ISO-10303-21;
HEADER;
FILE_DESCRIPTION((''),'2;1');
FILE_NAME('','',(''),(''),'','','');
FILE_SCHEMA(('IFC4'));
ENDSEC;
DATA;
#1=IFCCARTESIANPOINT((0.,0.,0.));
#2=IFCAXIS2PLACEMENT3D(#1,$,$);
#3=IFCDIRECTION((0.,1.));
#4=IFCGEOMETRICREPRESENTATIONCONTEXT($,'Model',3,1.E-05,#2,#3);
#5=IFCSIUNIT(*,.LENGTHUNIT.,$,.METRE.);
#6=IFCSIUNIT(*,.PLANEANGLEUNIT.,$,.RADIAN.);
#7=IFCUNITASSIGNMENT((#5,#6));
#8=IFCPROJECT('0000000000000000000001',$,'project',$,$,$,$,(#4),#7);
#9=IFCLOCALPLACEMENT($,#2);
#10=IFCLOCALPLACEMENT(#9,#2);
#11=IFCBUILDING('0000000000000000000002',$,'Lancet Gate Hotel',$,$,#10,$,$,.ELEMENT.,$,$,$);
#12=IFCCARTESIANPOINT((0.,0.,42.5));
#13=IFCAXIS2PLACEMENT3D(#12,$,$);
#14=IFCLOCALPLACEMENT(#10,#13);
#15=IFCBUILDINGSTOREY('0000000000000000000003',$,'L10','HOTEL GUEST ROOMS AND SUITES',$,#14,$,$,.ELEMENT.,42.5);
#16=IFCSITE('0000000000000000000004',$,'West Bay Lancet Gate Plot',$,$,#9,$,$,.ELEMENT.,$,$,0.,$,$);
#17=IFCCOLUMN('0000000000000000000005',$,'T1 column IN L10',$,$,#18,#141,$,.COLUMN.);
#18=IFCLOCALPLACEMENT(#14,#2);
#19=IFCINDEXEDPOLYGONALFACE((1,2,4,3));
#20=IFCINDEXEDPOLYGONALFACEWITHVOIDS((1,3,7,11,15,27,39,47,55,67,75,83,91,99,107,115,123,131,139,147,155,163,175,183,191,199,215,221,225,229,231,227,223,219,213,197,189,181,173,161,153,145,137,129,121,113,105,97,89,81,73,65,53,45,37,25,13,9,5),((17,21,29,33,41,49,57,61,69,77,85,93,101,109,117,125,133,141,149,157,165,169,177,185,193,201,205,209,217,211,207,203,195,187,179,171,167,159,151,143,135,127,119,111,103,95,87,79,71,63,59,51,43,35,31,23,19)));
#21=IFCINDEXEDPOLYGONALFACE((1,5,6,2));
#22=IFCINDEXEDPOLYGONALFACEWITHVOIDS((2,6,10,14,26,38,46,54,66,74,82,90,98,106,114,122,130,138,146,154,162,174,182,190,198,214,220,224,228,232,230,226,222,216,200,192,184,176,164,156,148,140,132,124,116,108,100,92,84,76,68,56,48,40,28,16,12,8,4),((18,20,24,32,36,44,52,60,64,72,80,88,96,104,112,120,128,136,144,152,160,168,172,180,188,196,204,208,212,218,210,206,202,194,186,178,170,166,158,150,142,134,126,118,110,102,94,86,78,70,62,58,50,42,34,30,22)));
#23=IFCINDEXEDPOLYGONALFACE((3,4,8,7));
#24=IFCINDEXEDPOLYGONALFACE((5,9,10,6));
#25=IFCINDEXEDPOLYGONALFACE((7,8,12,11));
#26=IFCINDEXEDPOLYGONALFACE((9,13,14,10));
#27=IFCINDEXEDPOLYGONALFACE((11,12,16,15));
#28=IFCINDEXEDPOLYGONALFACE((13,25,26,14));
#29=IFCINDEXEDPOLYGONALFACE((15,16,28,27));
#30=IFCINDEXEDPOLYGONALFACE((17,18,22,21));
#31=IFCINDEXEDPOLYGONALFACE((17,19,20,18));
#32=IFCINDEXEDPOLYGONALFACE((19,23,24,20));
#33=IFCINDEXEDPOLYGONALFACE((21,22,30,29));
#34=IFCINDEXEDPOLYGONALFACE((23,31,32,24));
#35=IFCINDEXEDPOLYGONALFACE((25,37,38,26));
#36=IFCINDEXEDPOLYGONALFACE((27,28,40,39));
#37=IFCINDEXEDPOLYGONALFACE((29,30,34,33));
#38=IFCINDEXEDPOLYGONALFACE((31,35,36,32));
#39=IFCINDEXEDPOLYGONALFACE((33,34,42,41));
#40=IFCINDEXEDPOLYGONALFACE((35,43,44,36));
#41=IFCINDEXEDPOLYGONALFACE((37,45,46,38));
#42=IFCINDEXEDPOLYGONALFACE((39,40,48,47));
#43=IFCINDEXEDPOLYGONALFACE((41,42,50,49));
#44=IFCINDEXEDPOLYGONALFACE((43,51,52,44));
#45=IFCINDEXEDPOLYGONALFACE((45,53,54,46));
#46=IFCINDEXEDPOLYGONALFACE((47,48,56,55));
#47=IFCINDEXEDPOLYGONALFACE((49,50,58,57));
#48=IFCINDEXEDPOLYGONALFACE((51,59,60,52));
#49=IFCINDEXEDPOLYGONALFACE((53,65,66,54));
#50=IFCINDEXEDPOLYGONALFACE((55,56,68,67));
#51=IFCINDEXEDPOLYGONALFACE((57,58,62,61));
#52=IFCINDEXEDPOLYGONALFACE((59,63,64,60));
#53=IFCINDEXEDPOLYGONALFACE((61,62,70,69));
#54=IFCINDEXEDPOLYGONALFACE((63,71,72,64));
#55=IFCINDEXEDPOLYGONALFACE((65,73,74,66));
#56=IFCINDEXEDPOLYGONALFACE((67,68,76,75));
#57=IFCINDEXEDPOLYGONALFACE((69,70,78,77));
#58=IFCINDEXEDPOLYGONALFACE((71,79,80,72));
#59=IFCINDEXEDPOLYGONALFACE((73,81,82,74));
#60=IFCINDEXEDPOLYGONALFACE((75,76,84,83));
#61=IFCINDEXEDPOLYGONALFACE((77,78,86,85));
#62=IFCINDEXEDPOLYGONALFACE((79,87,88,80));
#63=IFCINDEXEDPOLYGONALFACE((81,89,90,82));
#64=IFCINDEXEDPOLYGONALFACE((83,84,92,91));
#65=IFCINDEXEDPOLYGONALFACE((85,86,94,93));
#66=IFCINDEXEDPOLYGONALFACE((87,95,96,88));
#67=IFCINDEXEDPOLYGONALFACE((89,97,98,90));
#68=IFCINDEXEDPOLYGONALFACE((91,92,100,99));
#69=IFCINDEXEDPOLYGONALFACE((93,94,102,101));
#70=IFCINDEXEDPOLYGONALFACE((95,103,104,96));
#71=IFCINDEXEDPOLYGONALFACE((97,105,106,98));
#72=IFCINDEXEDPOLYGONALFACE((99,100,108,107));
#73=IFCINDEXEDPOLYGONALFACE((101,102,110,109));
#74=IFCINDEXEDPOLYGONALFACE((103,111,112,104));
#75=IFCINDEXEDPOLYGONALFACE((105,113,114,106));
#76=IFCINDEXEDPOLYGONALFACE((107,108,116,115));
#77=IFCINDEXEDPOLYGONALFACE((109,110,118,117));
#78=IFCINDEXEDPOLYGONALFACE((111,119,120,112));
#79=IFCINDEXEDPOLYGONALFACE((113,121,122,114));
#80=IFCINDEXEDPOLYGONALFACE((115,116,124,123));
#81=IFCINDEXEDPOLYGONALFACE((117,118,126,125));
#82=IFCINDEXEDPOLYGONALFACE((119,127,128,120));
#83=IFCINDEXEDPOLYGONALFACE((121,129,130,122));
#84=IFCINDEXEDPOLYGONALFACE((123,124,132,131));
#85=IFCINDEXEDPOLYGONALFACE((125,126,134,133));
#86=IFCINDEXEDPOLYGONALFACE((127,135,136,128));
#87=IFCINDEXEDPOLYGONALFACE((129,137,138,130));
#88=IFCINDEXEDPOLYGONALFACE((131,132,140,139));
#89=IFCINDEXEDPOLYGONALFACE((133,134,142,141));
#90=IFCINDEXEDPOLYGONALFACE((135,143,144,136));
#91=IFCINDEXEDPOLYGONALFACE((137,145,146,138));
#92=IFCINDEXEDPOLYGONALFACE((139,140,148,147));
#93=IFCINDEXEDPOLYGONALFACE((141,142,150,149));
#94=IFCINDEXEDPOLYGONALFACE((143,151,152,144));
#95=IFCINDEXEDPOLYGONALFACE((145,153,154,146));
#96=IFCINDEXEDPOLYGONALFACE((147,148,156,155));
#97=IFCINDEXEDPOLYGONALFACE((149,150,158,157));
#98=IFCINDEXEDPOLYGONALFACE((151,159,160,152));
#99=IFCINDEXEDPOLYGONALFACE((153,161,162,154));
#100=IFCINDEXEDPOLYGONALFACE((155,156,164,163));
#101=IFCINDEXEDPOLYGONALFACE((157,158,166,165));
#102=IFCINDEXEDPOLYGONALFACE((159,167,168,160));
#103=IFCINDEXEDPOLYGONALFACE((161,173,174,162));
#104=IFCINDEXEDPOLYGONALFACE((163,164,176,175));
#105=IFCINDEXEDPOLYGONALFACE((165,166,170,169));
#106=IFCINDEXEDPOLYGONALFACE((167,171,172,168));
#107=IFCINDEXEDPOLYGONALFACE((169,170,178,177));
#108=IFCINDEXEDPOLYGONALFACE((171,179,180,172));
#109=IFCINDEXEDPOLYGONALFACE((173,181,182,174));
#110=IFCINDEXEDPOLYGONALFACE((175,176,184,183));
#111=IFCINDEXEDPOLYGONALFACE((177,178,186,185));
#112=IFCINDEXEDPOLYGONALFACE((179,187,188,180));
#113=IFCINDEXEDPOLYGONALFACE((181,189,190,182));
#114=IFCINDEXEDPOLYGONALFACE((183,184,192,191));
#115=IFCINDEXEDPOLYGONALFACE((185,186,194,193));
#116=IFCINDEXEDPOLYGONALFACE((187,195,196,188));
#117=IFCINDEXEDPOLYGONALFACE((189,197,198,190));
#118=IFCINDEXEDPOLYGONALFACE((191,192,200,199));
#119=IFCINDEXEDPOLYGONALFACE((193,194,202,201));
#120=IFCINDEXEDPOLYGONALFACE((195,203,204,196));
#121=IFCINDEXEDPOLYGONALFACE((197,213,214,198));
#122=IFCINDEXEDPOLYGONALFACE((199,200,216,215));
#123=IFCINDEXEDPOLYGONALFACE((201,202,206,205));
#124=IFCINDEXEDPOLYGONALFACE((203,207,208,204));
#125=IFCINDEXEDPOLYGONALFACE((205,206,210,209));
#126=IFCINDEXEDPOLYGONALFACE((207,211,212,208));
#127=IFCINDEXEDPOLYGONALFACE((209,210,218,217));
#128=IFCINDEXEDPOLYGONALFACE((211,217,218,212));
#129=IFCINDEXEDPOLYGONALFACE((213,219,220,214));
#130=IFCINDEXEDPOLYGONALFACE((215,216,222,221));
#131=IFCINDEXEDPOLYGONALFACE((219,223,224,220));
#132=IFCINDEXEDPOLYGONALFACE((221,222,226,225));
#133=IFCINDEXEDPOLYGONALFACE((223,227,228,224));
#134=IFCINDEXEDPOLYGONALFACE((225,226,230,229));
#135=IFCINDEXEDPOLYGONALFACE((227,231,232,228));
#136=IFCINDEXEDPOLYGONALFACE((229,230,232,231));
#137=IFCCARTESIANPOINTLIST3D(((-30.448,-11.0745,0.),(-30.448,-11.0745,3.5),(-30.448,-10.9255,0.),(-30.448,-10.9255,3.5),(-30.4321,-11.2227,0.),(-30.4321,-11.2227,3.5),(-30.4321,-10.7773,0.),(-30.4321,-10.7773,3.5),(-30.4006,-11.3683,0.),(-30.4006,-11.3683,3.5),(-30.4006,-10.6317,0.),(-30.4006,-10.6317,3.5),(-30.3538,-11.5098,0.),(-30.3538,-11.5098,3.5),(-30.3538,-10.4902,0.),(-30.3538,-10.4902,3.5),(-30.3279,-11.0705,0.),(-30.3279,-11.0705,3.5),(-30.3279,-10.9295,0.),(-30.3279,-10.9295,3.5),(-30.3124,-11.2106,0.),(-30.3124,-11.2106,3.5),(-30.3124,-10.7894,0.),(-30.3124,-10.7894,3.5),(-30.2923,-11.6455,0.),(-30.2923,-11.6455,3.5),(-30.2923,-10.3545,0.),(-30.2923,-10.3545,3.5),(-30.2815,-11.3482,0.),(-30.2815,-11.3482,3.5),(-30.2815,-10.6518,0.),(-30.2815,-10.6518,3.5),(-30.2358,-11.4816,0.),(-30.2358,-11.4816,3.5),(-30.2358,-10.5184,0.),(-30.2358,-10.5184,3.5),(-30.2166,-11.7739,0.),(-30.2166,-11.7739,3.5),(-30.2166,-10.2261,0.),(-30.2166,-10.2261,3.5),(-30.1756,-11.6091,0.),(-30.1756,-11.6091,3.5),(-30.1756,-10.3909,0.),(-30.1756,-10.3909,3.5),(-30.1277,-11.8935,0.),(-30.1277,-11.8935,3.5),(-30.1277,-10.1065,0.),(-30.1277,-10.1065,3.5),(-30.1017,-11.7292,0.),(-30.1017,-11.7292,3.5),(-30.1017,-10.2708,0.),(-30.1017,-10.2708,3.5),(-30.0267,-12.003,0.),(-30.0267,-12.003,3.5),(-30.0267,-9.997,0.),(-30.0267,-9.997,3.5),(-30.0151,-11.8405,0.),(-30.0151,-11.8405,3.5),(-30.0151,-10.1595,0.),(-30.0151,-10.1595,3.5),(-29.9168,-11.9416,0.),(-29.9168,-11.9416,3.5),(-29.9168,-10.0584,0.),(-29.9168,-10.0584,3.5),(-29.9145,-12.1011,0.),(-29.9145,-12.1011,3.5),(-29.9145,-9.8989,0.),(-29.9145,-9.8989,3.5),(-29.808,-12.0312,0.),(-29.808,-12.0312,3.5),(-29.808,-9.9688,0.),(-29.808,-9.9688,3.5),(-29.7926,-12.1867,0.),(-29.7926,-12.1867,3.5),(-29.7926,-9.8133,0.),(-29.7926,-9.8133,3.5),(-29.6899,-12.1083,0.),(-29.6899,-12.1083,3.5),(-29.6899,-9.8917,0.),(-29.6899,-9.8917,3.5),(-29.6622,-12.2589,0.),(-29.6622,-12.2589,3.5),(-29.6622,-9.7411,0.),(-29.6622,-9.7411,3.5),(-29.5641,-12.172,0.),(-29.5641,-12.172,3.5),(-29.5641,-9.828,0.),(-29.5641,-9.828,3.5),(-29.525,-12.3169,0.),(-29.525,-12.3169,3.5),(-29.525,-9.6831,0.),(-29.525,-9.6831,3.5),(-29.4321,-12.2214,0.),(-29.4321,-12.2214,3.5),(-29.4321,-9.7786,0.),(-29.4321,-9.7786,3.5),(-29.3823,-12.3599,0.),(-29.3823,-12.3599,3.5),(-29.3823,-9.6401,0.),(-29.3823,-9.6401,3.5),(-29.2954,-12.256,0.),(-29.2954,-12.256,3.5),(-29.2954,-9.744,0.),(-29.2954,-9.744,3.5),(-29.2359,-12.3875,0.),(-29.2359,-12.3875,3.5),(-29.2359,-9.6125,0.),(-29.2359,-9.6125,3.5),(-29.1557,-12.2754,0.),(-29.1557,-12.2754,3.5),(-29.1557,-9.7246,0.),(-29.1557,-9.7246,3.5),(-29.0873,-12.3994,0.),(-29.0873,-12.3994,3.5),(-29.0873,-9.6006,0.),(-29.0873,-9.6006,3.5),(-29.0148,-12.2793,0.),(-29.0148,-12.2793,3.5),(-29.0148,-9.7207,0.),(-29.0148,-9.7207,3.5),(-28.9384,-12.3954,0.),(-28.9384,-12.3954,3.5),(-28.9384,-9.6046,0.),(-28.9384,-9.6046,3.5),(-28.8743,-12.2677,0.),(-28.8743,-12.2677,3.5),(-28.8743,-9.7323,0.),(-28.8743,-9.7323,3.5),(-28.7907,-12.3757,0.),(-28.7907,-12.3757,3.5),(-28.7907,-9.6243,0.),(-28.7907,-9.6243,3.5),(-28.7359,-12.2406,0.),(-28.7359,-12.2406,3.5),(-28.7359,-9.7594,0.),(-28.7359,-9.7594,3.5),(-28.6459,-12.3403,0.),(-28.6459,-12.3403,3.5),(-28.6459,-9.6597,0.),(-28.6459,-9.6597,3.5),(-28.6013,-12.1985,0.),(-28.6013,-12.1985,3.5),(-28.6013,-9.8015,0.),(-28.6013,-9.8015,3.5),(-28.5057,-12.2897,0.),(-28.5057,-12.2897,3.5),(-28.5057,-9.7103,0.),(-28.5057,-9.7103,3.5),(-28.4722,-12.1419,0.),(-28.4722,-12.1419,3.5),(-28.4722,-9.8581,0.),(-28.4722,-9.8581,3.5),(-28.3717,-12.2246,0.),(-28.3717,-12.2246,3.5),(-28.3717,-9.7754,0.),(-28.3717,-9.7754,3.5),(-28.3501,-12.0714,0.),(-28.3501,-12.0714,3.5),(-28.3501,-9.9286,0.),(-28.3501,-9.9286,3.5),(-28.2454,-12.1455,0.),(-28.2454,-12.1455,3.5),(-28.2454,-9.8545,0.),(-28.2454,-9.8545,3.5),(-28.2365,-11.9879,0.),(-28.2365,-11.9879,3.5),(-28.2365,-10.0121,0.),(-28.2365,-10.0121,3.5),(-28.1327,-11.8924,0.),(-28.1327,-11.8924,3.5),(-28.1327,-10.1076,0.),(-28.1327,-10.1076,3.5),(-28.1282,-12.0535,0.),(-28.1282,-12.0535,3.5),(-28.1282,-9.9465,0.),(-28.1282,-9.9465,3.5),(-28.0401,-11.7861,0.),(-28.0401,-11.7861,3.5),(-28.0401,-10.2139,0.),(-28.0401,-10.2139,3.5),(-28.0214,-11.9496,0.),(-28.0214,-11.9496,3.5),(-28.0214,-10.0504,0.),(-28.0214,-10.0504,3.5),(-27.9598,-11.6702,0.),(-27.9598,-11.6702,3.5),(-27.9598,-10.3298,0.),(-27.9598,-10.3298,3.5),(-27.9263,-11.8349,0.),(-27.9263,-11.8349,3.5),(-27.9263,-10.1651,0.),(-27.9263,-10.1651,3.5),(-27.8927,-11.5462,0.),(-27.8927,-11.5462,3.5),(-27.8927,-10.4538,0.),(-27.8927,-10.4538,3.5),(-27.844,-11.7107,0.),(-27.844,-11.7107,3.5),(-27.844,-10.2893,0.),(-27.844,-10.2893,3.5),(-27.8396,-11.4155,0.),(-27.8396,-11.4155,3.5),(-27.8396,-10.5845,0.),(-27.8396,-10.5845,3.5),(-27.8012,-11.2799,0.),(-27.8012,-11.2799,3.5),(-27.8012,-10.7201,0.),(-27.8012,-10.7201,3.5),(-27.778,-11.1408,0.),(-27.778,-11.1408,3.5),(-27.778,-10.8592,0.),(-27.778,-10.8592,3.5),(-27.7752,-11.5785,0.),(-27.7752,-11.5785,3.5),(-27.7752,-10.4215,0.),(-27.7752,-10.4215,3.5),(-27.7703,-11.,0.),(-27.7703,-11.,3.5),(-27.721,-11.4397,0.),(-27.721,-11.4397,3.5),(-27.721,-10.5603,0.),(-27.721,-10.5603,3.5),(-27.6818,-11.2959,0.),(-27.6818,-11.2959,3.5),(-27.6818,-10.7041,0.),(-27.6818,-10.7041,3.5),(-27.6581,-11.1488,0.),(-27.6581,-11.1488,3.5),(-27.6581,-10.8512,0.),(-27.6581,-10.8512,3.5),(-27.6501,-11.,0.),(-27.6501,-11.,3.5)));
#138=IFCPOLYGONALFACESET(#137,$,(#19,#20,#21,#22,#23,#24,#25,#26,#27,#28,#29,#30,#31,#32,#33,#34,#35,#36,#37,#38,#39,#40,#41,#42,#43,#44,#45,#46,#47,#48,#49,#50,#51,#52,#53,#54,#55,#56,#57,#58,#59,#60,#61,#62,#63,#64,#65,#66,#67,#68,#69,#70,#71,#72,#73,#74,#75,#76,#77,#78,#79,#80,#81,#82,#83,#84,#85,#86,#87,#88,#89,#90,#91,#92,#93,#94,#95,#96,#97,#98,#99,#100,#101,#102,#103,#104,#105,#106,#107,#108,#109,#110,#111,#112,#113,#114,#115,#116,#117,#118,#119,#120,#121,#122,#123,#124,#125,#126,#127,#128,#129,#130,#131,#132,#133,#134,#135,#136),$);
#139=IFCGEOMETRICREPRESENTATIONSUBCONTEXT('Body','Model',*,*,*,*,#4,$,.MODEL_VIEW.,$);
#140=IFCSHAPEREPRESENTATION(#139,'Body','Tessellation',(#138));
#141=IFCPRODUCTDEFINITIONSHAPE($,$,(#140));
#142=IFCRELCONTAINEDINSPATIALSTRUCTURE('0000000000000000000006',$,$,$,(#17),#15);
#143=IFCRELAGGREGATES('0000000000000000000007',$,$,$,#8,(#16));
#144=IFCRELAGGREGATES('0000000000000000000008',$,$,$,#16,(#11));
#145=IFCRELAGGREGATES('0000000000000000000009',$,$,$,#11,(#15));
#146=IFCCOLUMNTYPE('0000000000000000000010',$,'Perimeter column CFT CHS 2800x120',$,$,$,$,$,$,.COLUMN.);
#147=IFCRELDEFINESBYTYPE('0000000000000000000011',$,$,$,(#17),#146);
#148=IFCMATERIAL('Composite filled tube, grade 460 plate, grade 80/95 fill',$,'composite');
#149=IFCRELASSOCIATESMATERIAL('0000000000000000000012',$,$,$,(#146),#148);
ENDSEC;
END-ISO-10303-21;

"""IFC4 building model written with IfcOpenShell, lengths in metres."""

from ifc_helpers import new_model, si_unit, direction, frame, origin, origin_2d, place, context, subcontext, project, spatial, hollow_circle, extrude, material, material_profile, profile_set, type_object, element, save


model = new_model("IFC4")

# Units and contexts
model_context = context("Model", 3, precision=1e-05, world=origin(), true_north=direction((0.0, 1.0)))
body_context = subcontext(model_context, "Body", "Model", "MODEL_VIEW")
ifc_project = project(units=[si_unit("LENGTHUNIT", "METRE"), si_unit("PLANEANGLEUNIT", "RADIAN")], contexts=[model_context])

# Site, building, storey
site_placement = place(None, origin())
site = spatial("IfcSite", under=ifc_project, at=site_placement, Name="West Bay Lancet Gate Plot", CompositionType="ELEMENT", RefElevation=0.0)
building_placement = place(site_placement, origin())
building = spatial("IfcBuilding", under=site, at=building_placement, Name="Lancet Gate Hotel", CompositionType="ELEMENT")
storey_placement = place(building_placement, frame((0.0, 0.0, 42.5)))
storey = spatial("IfcBuildingStorey", under=building, at=storey_placement, Name="L10", Description="HOTEL GUEST ROOMS AND SUITES", CompositionType="ELEMENT", Elevation=42.5)

# Column
ifc_material_1 = material(Name="Composite filled tube, grade 460 plate, grade 80/95 fill", Category="composite")
ifc_material_profile_1 = material_profile(ifc_material_1, hollow_circle(Radius=1.3999, WallThickness=0.1201, at=origin_2d()), Name="CHS 2800x120")
ifc_profile_set_1 = profile_set([ifc_material_profile_1], Name="Composite filled tube, grade 460 plate, grade 80/95 fill")
column_type = type_object("IfcColumnType", Name="Perimeter column CFT CHS 2800x120", PredefinedType="COLUMN", material=ifc_profile_set_1)
for number, where, z_axis, x_axis, name in (
    (1, (-29.05, -11.0, 0.0), (0.0, 0.0, 1.0), (1.0, 0.0, 0.0), "T1 column IN L10"),
):
    element("IfcColumn", number, at=place(storey_placement, frame(where, z_axis=z_axis, x_axis=x_axis)), inside=storey, type_object=column_type, Name=name, PredefinedType="COLUMN", context=body_context, shape_type="SweptSolid", body=[
        extrude(hollow_circle(Radius=1.3999, WallThickness=0.1201, at=origin_2d()), origin(), (0.0, 0.0, 1.0), 3.5),
    ])

save(model, "model.ifc")
